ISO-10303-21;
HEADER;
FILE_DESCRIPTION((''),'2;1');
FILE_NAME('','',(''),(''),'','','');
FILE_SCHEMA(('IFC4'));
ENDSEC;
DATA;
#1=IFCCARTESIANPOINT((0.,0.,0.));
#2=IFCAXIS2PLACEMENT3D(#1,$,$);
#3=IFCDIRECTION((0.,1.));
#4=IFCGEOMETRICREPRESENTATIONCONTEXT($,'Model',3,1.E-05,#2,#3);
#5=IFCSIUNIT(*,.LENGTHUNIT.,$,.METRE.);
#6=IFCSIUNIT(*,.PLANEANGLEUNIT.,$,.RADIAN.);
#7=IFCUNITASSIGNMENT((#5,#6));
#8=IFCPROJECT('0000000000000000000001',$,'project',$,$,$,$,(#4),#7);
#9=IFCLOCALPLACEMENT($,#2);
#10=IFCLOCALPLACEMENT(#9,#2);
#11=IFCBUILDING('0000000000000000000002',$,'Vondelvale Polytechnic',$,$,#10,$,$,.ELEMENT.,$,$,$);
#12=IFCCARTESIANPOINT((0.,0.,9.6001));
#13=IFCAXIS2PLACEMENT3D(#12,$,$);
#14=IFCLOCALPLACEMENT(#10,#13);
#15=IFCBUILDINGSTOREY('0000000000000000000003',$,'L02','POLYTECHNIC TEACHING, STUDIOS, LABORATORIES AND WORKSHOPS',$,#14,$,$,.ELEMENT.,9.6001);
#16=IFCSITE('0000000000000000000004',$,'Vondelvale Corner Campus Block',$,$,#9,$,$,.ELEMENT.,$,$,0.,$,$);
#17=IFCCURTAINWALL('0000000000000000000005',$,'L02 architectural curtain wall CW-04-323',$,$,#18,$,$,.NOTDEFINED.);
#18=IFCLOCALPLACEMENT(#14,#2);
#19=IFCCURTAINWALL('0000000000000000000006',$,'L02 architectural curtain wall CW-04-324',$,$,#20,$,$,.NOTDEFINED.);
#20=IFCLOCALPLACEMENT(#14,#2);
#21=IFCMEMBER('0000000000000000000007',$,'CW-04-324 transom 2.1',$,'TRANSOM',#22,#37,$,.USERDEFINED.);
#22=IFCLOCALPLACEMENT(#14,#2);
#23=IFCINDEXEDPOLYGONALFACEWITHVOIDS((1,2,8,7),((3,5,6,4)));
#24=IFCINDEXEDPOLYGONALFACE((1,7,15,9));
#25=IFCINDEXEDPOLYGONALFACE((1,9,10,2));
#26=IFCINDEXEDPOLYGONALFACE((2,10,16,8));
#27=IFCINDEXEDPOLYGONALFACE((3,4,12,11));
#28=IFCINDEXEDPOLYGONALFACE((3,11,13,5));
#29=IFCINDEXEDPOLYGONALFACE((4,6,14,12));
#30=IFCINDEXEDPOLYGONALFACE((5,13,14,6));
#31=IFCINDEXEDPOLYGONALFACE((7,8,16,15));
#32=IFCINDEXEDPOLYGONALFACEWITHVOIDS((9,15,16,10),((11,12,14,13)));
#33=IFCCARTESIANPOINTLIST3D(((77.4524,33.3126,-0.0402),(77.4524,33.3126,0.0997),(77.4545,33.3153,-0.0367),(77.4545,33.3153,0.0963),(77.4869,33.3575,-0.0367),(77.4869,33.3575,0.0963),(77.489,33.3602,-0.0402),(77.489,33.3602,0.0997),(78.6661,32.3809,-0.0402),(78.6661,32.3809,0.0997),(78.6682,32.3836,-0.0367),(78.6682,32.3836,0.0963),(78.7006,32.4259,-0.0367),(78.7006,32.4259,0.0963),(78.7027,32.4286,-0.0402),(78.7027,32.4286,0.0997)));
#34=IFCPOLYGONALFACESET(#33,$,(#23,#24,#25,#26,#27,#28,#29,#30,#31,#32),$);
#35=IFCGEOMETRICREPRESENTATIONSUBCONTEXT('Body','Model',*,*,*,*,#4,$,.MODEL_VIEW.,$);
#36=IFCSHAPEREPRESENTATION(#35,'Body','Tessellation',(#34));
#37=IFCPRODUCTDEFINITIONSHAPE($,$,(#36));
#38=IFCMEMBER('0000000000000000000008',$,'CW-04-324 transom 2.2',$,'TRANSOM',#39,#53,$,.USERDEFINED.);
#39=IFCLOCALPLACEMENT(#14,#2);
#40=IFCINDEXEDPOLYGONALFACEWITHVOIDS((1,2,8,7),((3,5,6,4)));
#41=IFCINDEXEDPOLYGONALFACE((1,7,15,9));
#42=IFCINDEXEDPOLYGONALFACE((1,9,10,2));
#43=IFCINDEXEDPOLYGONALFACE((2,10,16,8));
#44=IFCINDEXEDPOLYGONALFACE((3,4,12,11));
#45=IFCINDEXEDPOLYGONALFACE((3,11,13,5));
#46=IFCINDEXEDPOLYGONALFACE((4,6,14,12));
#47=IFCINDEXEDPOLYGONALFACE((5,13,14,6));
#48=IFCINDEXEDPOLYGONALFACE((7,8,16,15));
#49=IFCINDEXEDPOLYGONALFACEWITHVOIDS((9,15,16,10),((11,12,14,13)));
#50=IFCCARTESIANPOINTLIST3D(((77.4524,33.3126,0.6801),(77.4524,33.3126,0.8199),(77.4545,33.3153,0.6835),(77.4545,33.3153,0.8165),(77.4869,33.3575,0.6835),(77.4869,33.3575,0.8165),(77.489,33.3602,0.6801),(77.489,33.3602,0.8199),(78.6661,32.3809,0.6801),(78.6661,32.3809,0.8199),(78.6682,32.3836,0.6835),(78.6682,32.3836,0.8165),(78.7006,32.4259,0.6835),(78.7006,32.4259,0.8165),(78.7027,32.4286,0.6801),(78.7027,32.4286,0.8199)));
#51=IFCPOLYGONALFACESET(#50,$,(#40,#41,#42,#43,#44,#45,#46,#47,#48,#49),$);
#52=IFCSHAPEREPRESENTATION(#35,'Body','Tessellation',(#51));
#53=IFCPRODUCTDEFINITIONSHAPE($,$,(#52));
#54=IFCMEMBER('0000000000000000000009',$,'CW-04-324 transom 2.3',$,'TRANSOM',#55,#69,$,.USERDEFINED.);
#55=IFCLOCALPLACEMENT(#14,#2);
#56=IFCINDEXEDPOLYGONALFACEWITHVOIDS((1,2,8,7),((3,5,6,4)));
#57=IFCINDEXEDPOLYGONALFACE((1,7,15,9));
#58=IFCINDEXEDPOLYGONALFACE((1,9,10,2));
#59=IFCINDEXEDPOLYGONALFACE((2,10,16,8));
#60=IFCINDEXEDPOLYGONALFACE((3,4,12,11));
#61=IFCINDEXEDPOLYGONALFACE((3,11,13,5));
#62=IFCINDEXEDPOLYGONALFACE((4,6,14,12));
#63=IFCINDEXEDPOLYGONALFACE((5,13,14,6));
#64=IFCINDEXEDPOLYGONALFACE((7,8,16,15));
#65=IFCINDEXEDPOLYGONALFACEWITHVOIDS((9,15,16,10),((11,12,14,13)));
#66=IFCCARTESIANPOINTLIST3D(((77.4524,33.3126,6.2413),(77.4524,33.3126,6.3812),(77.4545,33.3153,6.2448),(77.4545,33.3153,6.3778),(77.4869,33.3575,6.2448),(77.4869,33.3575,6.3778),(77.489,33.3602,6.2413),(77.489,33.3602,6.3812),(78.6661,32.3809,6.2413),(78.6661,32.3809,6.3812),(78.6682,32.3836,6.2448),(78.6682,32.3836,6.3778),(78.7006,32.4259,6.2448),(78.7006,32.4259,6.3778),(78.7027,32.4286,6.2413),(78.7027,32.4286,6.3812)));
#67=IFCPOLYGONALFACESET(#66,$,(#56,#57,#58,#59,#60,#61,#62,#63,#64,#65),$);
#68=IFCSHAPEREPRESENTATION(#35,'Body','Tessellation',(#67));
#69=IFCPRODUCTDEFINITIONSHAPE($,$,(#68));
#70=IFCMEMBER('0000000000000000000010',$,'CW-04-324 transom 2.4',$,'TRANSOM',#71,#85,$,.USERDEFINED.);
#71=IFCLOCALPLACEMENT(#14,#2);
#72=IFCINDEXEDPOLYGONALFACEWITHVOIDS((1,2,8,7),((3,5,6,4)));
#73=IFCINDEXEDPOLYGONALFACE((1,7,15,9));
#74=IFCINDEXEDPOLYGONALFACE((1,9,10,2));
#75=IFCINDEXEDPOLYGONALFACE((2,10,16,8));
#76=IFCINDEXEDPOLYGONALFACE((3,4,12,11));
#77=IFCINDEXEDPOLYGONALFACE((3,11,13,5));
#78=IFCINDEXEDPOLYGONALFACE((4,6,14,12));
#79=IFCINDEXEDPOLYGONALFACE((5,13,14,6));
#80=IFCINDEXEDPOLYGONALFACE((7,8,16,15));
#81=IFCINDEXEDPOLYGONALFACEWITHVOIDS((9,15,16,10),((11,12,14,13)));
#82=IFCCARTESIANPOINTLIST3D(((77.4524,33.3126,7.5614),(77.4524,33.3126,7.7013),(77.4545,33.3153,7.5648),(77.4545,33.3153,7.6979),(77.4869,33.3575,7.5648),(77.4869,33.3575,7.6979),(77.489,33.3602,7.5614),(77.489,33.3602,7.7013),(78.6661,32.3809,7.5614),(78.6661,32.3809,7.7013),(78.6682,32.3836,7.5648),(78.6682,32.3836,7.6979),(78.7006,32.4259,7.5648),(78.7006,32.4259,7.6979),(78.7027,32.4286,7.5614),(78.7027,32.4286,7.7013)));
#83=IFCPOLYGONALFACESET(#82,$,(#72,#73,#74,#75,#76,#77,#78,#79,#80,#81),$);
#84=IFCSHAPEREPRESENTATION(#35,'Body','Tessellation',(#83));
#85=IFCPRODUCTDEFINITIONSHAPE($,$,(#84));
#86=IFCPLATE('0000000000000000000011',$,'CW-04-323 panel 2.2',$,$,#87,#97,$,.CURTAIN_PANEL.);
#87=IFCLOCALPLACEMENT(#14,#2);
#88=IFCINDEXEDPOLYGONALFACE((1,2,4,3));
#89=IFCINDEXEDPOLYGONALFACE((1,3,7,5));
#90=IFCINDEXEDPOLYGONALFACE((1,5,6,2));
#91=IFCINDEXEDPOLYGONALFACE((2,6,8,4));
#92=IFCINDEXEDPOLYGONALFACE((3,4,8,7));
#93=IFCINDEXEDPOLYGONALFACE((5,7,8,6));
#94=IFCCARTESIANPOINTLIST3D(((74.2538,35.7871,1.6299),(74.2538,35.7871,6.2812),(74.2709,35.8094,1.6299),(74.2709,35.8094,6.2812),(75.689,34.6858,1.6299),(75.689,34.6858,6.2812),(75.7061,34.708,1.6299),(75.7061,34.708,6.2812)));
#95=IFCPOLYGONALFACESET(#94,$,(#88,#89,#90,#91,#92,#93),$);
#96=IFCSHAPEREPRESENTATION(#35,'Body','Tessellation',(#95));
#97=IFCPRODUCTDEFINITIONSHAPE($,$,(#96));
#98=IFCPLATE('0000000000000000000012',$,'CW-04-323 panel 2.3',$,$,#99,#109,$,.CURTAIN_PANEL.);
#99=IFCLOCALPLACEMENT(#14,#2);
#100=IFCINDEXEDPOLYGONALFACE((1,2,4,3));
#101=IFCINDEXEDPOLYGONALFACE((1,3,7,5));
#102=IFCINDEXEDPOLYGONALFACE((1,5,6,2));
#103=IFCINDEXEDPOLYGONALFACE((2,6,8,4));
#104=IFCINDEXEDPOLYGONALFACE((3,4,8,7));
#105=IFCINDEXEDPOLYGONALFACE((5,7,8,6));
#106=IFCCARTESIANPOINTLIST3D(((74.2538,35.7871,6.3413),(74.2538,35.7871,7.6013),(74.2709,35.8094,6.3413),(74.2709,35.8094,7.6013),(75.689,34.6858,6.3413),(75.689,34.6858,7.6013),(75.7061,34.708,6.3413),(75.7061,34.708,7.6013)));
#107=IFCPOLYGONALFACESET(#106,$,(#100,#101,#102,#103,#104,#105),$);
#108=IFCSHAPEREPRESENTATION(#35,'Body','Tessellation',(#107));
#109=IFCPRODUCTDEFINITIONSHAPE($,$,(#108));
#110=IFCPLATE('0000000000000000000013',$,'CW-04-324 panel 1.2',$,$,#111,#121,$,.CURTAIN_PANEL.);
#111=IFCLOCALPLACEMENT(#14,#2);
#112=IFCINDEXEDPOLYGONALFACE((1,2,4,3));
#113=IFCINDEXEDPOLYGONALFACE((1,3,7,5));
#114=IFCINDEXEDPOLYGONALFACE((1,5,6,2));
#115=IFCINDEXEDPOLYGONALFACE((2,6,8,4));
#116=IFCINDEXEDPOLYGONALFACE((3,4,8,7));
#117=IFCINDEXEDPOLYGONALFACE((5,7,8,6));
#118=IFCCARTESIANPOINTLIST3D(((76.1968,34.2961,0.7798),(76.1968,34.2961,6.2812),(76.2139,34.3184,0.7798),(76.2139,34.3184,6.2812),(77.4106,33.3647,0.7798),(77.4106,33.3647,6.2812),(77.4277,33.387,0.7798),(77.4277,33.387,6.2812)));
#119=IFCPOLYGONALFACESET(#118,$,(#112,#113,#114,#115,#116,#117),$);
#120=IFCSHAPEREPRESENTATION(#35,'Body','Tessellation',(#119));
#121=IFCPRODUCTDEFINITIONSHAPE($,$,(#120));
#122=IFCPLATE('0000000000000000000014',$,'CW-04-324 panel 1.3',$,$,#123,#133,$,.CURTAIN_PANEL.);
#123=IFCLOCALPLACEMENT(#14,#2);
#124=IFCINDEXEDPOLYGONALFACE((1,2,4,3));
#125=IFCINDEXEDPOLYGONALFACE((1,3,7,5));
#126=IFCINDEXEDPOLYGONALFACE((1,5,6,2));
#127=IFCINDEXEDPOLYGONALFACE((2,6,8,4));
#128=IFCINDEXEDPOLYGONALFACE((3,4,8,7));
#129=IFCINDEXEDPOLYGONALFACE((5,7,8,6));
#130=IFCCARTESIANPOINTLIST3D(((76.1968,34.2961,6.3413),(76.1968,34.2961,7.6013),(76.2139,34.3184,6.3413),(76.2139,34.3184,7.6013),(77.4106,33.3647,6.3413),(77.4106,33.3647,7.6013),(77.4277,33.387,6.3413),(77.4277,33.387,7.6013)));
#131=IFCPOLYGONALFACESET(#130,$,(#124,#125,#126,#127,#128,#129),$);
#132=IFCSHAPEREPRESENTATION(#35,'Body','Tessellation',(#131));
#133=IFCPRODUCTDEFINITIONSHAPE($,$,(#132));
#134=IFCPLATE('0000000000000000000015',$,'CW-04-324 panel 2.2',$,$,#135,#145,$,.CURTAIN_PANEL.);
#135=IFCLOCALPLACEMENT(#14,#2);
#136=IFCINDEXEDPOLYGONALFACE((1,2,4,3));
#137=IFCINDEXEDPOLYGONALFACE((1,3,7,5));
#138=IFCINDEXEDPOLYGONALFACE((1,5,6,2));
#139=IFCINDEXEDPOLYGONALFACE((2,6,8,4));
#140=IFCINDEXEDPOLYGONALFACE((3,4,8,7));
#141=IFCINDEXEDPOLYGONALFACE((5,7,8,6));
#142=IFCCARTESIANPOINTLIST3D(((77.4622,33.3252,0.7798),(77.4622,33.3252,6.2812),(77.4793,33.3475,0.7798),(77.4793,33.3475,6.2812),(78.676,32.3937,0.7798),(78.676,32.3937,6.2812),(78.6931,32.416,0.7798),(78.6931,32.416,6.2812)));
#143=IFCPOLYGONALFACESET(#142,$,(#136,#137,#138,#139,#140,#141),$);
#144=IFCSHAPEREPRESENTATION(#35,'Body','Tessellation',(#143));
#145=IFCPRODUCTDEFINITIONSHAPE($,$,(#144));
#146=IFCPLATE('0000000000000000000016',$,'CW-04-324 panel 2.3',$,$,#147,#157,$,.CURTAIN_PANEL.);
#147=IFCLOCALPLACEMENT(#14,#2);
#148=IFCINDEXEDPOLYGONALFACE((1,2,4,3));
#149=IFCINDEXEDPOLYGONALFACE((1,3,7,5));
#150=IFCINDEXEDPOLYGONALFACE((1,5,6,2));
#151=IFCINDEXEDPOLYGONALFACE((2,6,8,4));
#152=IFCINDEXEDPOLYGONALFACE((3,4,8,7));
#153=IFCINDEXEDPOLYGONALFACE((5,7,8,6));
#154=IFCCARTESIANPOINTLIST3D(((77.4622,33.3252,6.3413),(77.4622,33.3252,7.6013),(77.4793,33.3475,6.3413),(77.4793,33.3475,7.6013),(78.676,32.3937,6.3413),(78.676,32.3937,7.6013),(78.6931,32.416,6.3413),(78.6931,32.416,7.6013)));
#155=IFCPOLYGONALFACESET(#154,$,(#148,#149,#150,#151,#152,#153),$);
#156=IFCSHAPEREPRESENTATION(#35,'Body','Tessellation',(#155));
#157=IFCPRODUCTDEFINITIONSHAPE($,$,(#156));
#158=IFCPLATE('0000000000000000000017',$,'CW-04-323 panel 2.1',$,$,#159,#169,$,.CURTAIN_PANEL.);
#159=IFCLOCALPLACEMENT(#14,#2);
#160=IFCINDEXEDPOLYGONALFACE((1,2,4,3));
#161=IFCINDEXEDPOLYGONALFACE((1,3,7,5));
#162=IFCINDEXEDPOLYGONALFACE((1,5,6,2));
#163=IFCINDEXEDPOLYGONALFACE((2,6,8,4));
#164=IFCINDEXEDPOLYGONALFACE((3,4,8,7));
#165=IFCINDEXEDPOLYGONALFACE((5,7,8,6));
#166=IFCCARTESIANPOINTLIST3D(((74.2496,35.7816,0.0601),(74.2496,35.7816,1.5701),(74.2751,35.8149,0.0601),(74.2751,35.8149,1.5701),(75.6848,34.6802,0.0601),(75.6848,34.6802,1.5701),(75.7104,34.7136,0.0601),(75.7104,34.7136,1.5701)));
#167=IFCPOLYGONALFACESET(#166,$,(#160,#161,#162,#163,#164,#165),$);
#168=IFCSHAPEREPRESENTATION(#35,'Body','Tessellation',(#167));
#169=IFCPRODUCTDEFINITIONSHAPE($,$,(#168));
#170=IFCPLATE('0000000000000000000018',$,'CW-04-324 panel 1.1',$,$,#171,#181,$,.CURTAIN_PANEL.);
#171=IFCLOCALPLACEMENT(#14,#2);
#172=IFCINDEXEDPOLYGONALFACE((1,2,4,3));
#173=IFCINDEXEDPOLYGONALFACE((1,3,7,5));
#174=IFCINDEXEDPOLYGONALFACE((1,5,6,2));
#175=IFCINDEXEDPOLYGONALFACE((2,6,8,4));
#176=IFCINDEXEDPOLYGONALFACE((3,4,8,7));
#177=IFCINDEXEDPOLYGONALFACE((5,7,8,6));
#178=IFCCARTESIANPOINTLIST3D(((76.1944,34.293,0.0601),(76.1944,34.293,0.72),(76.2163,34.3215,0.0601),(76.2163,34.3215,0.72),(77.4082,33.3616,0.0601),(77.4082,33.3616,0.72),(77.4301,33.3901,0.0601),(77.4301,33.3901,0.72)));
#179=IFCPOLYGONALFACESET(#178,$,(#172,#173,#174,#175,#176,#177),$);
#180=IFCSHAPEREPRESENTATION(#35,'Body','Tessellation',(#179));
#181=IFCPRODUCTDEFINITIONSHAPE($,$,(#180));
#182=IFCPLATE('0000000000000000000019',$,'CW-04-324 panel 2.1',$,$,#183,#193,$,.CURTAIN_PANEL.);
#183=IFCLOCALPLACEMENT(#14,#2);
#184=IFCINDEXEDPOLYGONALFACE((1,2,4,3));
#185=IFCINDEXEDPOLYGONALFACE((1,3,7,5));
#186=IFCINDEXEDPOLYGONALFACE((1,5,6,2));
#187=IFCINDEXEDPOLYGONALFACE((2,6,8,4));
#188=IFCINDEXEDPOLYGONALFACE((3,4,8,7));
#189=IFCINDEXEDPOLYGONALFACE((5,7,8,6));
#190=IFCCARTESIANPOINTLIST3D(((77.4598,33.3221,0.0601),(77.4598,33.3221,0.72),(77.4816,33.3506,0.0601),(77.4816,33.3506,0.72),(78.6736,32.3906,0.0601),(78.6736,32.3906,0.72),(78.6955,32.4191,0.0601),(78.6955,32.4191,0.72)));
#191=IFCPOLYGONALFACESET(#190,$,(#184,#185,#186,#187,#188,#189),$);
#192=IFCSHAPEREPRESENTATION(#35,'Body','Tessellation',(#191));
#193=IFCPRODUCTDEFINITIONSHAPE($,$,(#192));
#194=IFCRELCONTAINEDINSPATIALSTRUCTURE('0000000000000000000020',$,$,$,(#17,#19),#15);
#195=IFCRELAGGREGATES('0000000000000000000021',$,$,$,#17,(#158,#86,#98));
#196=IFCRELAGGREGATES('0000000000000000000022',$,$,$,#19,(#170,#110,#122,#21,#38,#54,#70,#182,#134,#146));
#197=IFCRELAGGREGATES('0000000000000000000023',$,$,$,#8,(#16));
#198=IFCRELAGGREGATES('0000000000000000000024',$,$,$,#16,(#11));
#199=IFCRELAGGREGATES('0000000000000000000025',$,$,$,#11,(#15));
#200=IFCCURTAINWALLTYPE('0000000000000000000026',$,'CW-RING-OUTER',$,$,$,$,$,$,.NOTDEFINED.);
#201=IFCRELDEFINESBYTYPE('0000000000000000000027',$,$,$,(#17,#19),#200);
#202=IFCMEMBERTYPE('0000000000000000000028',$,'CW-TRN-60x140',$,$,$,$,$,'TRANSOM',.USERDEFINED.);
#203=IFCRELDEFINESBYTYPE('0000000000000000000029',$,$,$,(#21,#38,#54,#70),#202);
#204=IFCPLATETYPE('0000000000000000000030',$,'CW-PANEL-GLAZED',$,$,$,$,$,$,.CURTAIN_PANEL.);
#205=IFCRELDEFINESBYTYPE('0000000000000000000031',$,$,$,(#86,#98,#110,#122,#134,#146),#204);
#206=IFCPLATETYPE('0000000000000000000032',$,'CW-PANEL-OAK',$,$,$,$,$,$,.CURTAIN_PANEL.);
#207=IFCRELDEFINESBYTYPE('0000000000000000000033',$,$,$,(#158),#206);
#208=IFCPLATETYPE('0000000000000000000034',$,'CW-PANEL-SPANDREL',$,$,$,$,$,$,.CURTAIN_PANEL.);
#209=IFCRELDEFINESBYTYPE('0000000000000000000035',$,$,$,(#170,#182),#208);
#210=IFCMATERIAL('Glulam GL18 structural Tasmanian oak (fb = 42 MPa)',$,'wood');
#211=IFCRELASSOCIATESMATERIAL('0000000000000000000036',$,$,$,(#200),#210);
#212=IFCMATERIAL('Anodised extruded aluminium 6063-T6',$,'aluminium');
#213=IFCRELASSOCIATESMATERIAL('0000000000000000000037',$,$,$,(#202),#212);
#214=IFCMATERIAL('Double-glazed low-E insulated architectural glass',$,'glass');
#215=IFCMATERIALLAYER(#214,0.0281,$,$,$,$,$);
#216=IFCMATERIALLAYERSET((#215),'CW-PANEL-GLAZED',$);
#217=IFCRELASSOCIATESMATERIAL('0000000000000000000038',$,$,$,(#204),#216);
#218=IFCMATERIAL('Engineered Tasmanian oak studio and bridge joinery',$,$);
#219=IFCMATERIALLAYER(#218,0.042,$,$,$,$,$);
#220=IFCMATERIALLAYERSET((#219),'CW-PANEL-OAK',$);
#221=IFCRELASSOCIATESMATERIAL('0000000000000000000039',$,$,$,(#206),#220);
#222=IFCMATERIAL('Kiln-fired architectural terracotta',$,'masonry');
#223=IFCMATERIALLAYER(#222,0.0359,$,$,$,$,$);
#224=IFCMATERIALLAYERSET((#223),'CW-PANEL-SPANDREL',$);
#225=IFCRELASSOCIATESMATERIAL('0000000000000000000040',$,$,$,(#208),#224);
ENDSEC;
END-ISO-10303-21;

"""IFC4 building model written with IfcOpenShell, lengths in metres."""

from ifc_helpers import new_model, si_unit, direction, frame, origin, origin_2d, place, context, subcontext, project, spatial, rectangle, hollow_rectangle, extrude, material, layer, layer_set, material_profile, profile_set, type_object, element, aggregate, save


model = new_model("IFC4")

# Units and contexts
model_context = context("Model", 3, precision=1e-05, world=origin(), true_north=direction((0.0, 1.0)))
body_context = subcontext(model_context, "Body", "Model", "MODEL_VIEW")
ifc_project = project(units=[si_unit("LENGTHUNIT", "METRE"), si_unit("PLANEANGLEUNIT", "RADIAN")], contexts=[model_context])

# Site, building, storey
site_placement = place(None, origin())
site = spatial("IfcSite", under=ifc_project, at=site_placement, Name="Vondelvale Corner Campus Block", CompositionType="ELEMENT", RefElevation=0.0)
building_placement = place(site_placement, origin())
building = spatial("IfcBuilding", under=site, at=building_placement, Name="Vondelvale Polytechnic", CompositionType="ELEMENT")
storey_placement = place(building_placement, frame((0.0, 0.0, 9.6001)))
storey = spatial("IfcBuildingStorey", under=building, at=storey_placement, Name="L02", Description="POLYTECHNIC TEACHING, STUDIOS, LABORATORIES AND WORKSHOPS", CompositionType="ELEMENT", Elevation=9.6001)

# Shared definitions
ifc_material_1 = material(Name="Glulam GL18 structural Tasmanian oak (fb = 42 MPa)", Category="wood")

# Curtain wall
curtain_wall_type = type_object("IfcCurtainWallType", Name="CW-RING-OUTER", PredefinedType="NOTDEFINED", material=ifc_material_1)
curtain_wall_1_placement = place(storey_placement, origin())
curtain_wall_1 = element("IfcCurtainWall", 1, at=curtain_wall_1_placement, inside=storey, type_object=curtain_wall_type, Name="L02 architectural curtain wall CW-04-323", PredefinedType="NOTDEFINED")
ifc_material_2 = material(Name="Anodised extruded aluminium 6063-T6", Category="aluminium")

# Curtain wall
curtain_wall_2_placement = place(storey_placement, origin())
curtain_wall_2 = element("IfcCurtainWall", 2, at=curtain_wall_2_placement, inside=storey, type_object=curtain_wall_type, Name="L02 architectural curtain wall CW-04-324", PredefinedType="NOTDEFINED")

# Members
ifc_material_profile_1 = material_profile(ifc_material_2, hollow_rectangle(XDim=0.0601, YDim=0.1399, WallThickness=0.0034, at=origin_2d()), Name="CW-TRN-140x60")
ifc_profile_set_1 = profile_set([ifc_material_profile_1], Name="Anodised extruded aluminium 6063-T6")
member_type_1 = type_object("IfcMemberType", Name="CW-TRN-60x140", ElementType="TRANSOM", PredefinedType="USERDEFINED", material=ifc_profile_set_1)
member_1_placement = place(storey_placement, frame((77.4707, 33.3364, 0.0298), z_axis=(0.793229, -0.608924, 0.0), x_axis=(0.608924, 0.793229, 0.0)))
member_1 = element("IfcMember", 3, at=member_1_placement, type_object=member_type_1, Name="CW-04-324 transom 2.1", ObjectType="TRANSOM", PredefinedType="USERDEFINED", context=body_context, shape_type="SweptSolid", body=[
    extrude(hollow_rectangle(XDim=0.0601, YDim=0.1399, WallThickness=0.0034, at=origin_2d()), origin(), (0.0, 0.0, 1.0), 1.53),
])
member_2_placement = place(storey_placement, frame((77.4707, 33.3364, 0.75), z_axis=(0.793229, -0.608924, 0.0), x_axis=(0.608924, 0.793229, 0.0)))
member_2 = element("IfcMember", 4, at=member_2_placement, type_object=member_type_1, Name="CW-04-324 transom 2.2", ObjectType="TRANSOM", PredefinedType="USERDEFINED", context=body_context, shape_type="SweptSolid", body=[
    extrude(hollow_rectangle(XDim=0.0601, YDim=0.1399, WallThickness=0.0034, at=origin_2d()), origin(), (0.0, 0.0, 1.0), 1.53),
])
member_3_placement = place(storey_placement, frame((77.4707, 33.3364, 6.3113), z_axis=(0.793229, -0.608924, 0.0), x_axis=(0.608924, 0.793229, 0.0)))
member_3 = element("IfcMember", 5, at=member_3_placement, type_object=member_type_1, Name="CW-04-324 transom 2.3", ObjectType="TRANSOM", PredefinedType="USERDEFINED", context=body_context, shape_type="SweptSolid", body=[
    extrude(hollow_rectangle(XDim=0.0601, YDim=0.1399, WallThickness=0.0034, at=origin_2d()), origin(), (0.0, 0.0, 1.0), 1.53),
])
member_4_placement = place(storey_placement, frame((77.4707, 33.3364, 7.6313), z_axis=(0.793229, -0.608924, 0.0), x_axis=(0.608924, 0.793229, 0.0)))
member_4 = element("IfcMember", 6, at=member_4_placement, type_object=member_type_1, Name="CW-04-324 transom 2.4", ObjectType="TRANSOM", PredefinedType="USERDEFINED", context=body_context, shape_type="SweptSolid", body=[
    extrude(hollow_rectangle(XDim=0.0601, YDim=0.1399, WallThickness=0.0034, at=origin_2d()), origin(), (0.0, 0.0, 1.0), 1.53),
])

# Plates
ifc_material_3 = material(Name="Double-glazed low-E insulated architectural glass", Category="glass")
ifc_layer_1 = layer(ifc_material_3, 0.0281)
ifc_layer_set_1 = layer_set([ifc_layer_1], Name="CW-PANEL-GLAZED")
plate_type_1 = type_object("IfcPlateType", Name="CW-PANEL-GLAZED", PredefinedType="CURTAIN_PANEL", material=ifc_layer_set_1)
plate_1_placement = place(storey_placement, frame((74.98, 35.2476, 1.6299), z_axis=(0.0, 0.0, 1.0), x_axis=(0.793346, -0.608771, 0.0)))
plate_1 = element("IfcPlate", 7, at=plate_1_placement, type_object=plate_type_1, Name="CW-04-323 panel 2.2", PredefinedType="CURTAIN_PANEL", context=body_context, shape_type="SweptSolid", body=[
    extrude(rectangle(XDim=1.8091, YDim=0.0281, at=origin_2d()), origin(), (0.0, 0.0, 1.0), 4.6514),
])
plate_2_placement = place(storey_placement, frame((74.98, 35.2476, 6.3413), z_axis=(0.0, 0.0, 1.0), x_axis=(0.793346, -0.608771, 0.0)))
plate_2 = element("IfcPlate", 8, at=plate_2_placement, type_object=plate_type_1, Name="CW-04-323 panel 2.3", PredefinedType="CURTAIN_PANEL", context=body_context, shape_type="SweptSolid", body=[
    extrude(rectangle(XDim=1.8091, YDim=0.0281, at=origin_2d()), origin(), (0.0, 0.0, 1.0), 1.26),
])
plate_3_placement = place(storey_placement, frame((76.8123, 33.8416, 0.7798), z_axis=(0.0, 0.0, 1.0), x_axis=(0.793334, -0.608787, 0.0)))
plate_3 = element("IfcPlate", 9, at=plate_3_placement, type_object=plate_type_1, Name="CW-04-324 panel 1.2", PredefinedType="CURTAIN_PANEL", context=body_context, shape_type="SweptSolid", body=[
    extrude(rectangle(XDim=1.53, YDim=0.0281, at=origin_2d()), origin(), (0.0, 0.0, 1.0), 5.5015),
])
plate_4_placement = place(storey_placement, frame((76.8123, 33.8416, 6.3413), z_axis=(0.0, 0.0, 1.0), x_axis=(0.793334, -0.608787, 0.0)))
plate_4 = element("IfcPlate", 10, at=plate_4_placement, type_object=plate_type_1, Name="CW-04-324 panel 1.3", PredefinedType="CURTAIN_PANEL", context=body_context, shape_type="SweptSolid", body=[
    extrude(rectangle(XDim=1.53, YDim=0.0281, at=origin_2d()), origin(), (0.0, 0.0, 1.0), 1.26),
])
plate_5_placement = place(storey_placement, frame((78.0776, 32.8706, 0.7798), z_axis=(0.0, 0.0, 1.0), x_axis=(0.793334, -0.608787, 0.0)))
plate_5 = element("IfcPlate", 11, at=plate_5_placement, type_object=plate_type_1, Name="CW-04-324 panel 2.2", PredefinedType="CURTAIN_PANEL", context=body_context, shape_type="SweptSolid", body=[
    extrude(rectangle(XDim=1.53, YDim=0.0281, at=origin_2d()), origin(), (0.0, 0.0, 1.0), 5.5015),
])
plate_6_placement = place(storey_placement, frame((78.0776, 32.8706, 6.3413), z_axis=(0.0, 0.0, 1.0), x_axis=(0.793334, -0.608787, 0.0)))
plate_6 = element("IfcPlate", 12, at=plate_6_placement, type_object=plate_type_1, Name="CW-04-324 panel 2.3", PredefinedType="CURTAIN_PANEL", context=body_context, shape_type="SweptSolid", body=[
    extrude(rectangle(XDim=1.53, YDim=0.0281, at=origin_2d()), origin(), (0.0, 0.0, 1.0), 1.26),
])
ifc_material_4 = material(Name="Engineered Tasmanian oak studio and bridge joinery")
ifc_layer_2 = layer(ifc_material_4, 0.042)
ifc_layer_set_2 = layer_set([ifc_layer_2], Name="CW-PANEL-OAK")
plate_type_2 = type_object("IfcPlateType", Name="CW-PANEL-OAK", PredefinedType="CURTAIN_PANEL", material=ifc_layer_set_2)
plate_7_placement = place(storey_placement, frame((74.98, 35.2476, 0.0601), z_axis=(0.0, 0.0, 1.0), x_axis=(0.793346, -0.608771, 0.0)))
plate_7 = element("IfcPlate", 13, at=plate_7_placement, type_object=plate_type_2, Name="CW-04-323 panel 2.1", PredefinedType="CURTAIN_PANEL", context=body_context, shape_type="SweptSolid", body=[
    extrude(rectangle(XDim=1.8091, YDim=0.042, at=origin_2d()), origin(), (0.0, 0.0, 1.0), 1.51),
])
aggregate(curtain_wall_1, [plate_7, plate_1, plate_2])
ifc_material_5 = material(Name="Kiln-fired architectural terracotta", Category="masonry")
ifc_layer_3 = layer(ifc_material_5, 0.0359)
ifc_layer_set_3 = layer_set([ifc_layer_3], Name="CW-PANEL-SPANDREL")
plate_type_3 = type_object("IfcPlateType", Name="CW-PANEL-SPANDREL", PredefinedType="CURTAIN_PANEL", material=ifc_layer_set_3)
plate_8_placement = place(storey_placement, frame((76.8123, 33.8416, 0.0601), z_axis=(0.0, 0.0, 1.0), x_axis=(0.793334, -0.608787, 0.0)))
plate_8 = element("IfcPlate", 14, at=plate_8_placement, type_object=plate_type_3, Name="CW-04-324 panel 1.1", PredefinedType="CURTAIN_PANEL", context=body_context, shape_type="SweptSolid", body=[
    extrude(rectangle(XDim=1.53, YDim=0.0359, at=origin_2d()), origin(), (0.0, 0.0, 1.0), 0.6599),
])
plate_9_placement = place(storey_placement, frame((78.0776, 32.8706, 0.0601), z_axis=(0.0, 0.0, 1.0), x_axis=(0.793334, -0.608787, 0.0)))
plate_9 = element("IfcPlate", 15, at=plate_9_placement, type_object=plate_type_3, Name="CW-04-324 panel 2.1", PredefinedType="CURTAIN_PANEL", context=body_context, shape_type="SweptSolid", body=[
    extrude(rectangle(XDim=1.53, YDim=0.0359, at=origin_2d()), origin(), (0.0, 0.0, 1.0), 0.6599),
])
aggregate(curtain_wall_2, [plate_8, plate_3, plate_4, member_1, member_2, member_3, member_4, plate_9, plate_5, plate_6])

save(model, "model.ifc")
